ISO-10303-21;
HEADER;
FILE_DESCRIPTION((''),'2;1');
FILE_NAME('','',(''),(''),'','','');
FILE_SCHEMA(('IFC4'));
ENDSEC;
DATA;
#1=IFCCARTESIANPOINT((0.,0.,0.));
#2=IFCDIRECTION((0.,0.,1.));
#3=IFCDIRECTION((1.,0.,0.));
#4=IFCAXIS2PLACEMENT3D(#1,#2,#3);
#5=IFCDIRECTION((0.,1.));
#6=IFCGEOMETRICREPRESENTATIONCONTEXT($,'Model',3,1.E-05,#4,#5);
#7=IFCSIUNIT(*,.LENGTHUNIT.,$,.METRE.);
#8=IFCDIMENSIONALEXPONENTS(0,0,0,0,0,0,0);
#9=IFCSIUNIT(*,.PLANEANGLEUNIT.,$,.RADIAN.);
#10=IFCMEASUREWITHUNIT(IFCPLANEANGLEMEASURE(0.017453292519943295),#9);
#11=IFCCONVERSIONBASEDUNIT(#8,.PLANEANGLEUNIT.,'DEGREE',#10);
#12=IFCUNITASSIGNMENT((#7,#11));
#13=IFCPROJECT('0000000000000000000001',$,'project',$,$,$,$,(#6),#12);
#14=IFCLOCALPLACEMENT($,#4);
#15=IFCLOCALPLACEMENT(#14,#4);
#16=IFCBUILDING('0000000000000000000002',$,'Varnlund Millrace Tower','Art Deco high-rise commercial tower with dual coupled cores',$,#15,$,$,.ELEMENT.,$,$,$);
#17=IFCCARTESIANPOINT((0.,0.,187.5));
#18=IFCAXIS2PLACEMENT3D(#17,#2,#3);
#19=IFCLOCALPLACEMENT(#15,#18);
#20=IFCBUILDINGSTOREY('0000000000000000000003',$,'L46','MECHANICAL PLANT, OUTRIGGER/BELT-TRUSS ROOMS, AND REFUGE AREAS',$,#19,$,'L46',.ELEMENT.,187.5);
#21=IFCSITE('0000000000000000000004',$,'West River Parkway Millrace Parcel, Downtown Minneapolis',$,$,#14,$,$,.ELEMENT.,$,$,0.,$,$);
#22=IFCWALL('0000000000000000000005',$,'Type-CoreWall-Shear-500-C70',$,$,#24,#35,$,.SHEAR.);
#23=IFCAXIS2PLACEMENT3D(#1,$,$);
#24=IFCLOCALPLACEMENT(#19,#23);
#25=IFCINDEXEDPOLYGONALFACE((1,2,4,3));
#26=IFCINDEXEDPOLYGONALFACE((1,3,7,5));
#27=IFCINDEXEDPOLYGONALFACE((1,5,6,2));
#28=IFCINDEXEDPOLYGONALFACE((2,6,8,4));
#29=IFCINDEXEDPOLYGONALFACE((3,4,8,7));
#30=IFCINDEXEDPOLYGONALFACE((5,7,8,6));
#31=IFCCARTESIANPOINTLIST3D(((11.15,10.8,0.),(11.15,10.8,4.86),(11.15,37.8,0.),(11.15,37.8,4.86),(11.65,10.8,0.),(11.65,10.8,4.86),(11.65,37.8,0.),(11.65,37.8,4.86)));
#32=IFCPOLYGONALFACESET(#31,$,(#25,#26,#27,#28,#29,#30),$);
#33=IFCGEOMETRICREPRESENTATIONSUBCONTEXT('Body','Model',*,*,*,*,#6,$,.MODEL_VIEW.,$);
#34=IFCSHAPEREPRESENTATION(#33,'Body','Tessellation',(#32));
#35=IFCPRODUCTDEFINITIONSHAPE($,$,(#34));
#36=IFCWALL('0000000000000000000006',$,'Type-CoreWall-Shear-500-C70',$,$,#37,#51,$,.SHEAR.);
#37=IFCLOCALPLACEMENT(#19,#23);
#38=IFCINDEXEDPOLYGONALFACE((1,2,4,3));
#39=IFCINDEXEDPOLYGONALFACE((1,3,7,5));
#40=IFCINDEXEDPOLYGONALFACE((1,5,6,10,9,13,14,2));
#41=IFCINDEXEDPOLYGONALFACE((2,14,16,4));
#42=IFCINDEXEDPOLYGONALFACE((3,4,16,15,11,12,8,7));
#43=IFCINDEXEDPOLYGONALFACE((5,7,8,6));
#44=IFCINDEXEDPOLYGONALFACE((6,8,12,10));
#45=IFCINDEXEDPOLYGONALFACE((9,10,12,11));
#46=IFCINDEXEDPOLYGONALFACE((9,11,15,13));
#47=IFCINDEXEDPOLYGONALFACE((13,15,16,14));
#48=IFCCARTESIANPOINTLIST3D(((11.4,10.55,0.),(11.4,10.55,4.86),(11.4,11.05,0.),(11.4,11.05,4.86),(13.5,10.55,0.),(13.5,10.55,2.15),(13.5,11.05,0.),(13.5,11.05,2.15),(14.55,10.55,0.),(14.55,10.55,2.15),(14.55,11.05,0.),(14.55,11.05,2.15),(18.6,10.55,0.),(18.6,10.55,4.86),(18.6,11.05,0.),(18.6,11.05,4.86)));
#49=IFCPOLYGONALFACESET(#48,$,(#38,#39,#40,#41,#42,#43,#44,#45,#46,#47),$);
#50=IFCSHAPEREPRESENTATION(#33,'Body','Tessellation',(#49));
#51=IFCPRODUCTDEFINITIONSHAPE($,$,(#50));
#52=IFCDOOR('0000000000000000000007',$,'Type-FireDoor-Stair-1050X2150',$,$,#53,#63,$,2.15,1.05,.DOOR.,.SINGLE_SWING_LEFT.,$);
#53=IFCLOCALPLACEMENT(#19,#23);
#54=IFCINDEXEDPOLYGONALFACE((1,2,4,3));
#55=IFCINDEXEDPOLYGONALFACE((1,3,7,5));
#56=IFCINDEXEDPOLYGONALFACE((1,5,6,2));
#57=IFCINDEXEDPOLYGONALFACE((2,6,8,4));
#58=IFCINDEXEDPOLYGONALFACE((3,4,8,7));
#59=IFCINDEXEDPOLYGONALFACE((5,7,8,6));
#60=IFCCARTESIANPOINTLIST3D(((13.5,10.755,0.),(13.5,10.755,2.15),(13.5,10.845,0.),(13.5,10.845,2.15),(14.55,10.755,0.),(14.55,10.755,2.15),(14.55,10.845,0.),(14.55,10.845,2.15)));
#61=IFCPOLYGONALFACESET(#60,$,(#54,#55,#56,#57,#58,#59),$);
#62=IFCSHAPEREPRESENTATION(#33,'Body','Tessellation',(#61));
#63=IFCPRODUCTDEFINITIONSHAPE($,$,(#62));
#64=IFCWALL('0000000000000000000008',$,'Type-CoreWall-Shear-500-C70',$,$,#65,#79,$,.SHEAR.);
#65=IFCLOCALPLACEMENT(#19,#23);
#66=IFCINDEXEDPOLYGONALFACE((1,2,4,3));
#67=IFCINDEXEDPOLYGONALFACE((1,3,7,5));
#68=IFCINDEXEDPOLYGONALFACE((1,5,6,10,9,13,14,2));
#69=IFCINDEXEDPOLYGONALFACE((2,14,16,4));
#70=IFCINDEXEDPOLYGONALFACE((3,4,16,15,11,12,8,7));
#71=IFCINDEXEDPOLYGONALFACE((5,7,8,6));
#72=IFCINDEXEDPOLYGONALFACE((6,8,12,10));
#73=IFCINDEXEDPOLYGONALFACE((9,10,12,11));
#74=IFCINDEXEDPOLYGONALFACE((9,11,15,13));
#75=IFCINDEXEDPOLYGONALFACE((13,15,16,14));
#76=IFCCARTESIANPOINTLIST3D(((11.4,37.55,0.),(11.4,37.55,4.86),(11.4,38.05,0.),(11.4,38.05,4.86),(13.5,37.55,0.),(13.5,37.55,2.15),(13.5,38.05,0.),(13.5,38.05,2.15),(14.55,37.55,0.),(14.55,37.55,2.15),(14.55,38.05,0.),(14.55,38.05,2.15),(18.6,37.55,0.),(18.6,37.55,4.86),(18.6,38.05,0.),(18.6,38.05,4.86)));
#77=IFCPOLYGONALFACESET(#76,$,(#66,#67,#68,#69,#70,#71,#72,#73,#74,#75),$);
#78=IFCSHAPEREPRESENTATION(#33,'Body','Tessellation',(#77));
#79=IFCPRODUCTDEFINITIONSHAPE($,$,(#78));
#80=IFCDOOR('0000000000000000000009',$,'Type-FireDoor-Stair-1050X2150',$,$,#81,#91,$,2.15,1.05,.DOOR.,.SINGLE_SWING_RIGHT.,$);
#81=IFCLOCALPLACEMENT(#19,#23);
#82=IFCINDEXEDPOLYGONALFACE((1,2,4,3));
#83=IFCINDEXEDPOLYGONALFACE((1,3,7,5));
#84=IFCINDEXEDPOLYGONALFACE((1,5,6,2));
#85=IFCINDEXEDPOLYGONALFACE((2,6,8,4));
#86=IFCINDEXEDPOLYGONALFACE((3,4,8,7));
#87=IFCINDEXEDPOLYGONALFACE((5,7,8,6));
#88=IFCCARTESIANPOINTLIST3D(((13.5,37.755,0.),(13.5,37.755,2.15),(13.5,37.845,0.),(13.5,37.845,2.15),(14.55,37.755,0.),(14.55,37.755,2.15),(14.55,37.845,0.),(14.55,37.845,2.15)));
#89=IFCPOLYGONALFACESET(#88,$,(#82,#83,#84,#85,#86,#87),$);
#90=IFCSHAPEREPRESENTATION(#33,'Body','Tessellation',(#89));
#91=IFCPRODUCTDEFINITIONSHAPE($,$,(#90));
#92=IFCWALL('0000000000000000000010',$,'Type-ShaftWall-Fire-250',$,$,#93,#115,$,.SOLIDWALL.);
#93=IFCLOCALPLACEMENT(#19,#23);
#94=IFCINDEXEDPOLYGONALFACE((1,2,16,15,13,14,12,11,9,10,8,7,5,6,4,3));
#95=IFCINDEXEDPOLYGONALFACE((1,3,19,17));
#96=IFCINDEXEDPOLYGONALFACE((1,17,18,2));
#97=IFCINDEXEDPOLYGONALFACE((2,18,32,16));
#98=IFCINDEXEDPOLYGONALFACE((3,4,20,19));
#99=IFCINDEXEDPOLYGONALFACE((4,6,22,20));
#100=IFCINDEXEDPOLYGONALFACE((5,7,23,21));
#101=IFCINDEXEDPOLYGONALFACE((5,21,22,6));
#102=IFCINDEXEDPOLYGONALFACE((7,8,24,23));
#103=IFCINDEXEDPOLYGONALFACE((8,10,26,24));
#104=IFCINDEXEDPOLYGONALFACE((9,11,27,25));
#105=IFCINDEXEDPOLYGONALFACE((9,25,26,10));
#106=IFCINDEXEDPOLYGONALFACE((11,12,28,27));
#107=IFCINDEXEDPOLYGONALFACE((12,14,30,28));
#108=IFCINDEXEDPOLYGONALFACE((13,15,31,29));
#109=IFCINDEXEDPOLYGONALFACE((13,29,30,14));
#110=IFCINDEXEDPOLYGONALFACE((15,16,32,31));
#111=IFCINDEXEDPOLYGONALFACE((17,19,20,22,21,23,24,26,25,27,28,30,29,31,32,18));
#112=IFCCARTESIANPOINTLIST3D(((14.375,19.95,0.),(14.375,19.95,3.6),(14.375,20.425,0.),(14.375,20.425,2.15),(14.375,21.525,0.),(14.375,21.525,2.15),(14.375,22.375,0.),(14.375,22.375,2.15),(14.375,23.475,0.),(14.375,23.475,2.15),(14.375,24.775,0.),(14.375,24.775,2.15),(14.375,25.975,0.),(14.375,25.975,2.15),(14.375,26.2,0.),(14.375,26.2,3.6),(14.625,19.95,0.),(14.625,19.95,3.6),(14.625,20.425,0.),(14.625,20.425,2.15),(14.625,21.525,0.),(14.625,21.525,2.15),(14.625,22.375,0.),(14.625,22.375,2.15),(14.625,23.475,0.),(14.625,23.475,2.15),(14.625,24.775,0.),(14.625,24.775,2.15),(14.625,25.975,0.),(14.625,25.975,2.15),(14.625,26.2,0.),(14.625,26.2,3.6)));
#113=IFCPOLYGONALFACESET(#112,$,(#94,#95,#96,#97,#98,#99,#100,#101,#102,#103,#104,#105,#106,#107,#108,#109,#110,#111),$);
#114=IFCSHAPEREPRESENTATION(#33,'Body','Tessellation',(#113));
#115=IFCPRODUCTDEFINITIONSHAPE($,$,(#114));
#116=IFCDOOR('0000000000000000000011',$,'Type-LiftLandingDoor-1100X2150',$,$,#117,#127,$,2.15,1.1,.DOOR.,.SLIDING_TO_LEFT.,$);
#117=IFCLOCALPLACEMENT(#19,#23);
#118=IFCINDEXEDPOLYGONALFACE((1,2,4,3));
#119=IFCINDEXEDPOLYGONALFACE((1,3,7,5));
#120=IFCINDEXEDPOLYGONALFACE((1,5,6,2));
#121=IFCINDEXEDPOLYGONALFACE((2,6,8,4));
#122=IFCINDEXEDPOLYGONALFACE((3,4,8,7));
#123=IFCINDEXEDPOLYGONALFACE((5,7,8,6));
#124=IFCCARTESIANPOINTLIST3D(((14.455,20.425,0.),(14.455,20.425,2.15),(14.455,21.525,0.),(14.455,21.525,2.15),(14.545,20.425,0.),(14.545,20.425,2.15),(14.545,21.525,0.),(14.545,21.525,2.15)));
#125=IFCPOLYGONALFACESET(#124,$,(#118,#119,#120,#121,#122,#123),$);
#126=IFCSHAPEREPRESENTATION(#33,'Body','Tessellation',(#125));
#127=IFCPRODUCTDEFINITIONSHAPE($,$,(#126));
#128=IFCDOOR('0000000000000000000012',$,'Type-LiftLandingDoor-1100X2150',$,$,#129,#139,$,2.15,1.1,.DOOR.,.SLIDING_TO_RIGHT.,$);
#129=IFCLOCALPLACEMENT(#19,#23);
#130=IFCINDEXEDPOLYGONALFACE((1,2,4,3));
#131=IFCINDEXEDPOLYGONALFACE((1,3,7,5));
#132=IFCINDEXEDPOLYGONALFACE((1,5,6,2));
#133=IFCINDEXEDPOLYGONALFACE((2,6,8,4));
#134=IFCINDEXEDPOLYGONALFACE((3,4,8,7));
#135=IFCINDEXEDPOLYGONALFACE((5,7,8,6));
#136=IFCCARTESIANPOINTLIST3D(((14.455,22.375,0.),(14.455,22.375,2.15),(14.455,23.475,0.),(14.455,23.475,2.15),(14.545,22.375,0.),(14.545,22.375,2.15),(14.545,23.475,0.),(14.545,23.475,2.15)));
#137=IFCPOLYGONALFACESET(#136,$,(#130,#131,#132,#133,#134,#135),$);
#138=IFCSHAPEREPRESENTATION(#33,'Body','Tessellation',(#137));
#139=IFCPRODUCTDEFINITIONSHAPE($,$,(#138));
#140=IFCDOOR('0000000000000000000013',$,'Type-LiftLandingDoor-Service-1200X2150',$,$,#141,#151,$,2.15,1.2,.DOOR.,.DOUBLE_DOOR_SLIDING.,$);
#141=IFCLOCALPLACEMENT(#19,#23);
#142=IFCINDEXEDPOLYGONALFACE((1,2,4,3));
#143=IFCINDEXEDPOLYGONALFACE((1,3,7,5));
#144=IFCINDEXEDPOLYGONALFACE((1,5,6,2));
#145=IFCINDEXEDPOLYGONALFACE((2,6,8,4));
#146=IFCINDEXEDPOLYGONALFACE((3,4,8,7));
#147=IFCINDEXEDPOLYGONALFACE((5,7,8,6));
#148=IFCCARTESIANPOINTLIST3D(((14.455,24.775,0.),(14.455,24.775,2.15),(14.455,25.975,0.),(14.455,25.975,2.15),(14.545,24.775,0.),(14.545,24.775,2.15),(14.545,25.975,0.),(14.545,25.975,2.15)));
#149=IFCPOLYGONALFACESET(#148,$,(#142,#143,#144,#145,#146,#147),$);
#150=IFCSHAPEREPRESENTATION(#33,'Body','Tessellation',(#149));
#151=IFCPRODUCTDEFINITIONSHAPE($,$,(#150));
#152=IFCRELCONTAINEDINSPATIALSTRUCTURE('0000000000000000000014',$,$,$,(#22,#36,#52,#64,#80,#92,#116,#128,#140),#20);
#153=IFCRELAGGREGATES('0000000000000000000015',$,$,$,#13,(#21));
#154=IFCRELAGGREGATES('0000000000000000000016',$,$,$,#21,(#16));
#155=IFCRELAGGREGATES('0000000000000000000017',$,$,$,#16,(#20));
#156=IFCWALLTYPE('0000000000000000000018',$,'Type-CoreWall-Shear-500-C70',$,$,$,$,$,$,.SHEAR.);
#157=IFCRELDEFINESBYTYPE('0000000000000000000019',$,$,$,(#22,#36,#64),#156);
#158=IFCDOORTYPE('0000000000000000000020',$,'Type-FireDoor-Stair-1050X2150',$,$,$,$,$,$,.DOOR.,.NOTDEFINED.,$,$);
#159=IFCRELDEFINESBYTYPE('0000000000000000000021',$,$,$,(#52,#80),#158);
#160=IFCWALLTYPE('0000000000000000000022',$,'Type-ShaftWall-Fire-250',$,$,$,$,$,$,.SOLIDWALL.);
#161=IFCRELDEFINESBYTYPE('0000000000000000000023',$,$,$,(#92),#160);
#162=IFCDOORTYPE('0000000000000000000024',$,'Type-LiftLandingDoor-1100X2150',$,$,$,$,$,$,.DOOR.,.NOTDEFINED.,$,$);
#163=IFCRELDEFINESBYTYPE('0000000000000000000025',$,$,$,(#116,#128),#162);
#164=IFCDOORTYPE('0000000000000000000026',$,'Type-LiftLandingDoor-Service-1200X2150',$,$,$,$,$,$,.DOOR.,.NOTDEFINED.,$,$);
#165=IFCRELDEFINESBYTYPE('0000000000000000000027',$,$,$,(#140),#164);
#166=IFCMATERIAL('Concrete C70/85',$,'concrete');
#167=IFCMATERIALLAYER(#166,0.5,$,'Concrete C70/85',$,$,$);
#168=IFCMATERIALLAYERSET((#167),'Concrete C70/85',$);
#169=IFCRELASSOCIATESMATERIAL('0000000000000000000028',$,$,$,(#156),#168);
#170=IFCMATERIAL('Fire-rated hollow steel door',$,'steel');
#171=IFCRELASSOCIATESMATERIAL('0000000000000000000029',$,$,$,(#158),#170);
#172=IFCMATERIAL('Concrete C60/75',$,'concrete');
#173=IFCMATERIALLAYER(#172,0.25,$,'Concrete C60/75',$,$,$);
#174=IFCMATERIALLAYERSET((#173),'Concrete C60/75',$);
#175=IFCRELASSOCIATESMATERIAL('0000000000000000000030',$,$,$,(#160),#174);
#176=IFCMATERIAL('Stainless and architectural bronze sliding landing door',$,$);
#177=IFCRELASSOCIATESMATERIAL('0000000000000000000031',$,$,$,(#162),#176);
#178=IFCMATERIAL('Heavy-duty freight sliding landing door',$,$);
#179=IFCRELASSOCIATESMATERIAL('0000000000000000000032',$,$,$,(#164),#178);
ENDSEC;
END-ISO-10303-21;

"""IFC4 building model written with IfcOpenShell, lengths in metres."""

from ifc_helpers import new_model, entity, si_unit, converted_unit, direction, frame, origin_with_axes, origin_2d_with_axis, place, context, subcontext, project, spatial, polyline, rectangle, outline, extrude, material, layer, layer_set, type_object, element, fill, save


model = new_model("IFC4")

# Units and contexts
model_context = context("Model", 3, precision=1e-05, world=origin_with_axes(), true_north=direction((0.0, 1.0)))
body_context = subcontext(model_context, "Body", "Model", "MODEL_VIEW")
ifc_project = project(units=[si_unit("LENGTHUNIT", "METRE"), converted_unit("PLANEANGLEUNIT", "DEGREE", entity("IfcPlaneAngleMeasure", 0.017453292519943295), si_unit("PLANEANGLEUNIT", "RADIAN"), dimensions=[0, 0, 0, 0, 0, 0, 0])], contexts=[model_context])

# Site, building, storey
site_placement = place(None, origin_with_axes())
site = spatial("IfcSite", under=ifc_project, at=site_placement, Name="West River Parkway Millrace Parcel, Downtown Minneapolis", CompositionType="ELEMENT", RefElevation=0.0)
building_placement = place(site_placement, origin_with_axes())
building = spatial("IfcBuilding", under=site, at=building_placement, Name="Varnlund Millrace Tower", Description="Art Deco high-rise commercial tower with dual coupled cores", CompositionType="ELEMENT")
storey_placement = place(building_placement, frame((0.0, 0.0, 187.5), z_axis=(0.0, 0.0, 1.0), x_axis=(1.0, 0.0, 0.0)))
storey = spatial("IfcBuildingStorey", under=building, at=storey_placement, Name="L46", Description="MECHANICAL PLANT, OUTRIGGER/BELT-TRUSS ROOMS, AND REFUGE AREAS", LongName="L46", CompositionType="ELEMENT", Elevation=187.5)

# Wall
ifc_material_1 = material(Name="Concrete C70/85", Category="concrete")
ifc_layer_1 = layer(ifc_material_1, 0.5, Name="Concrete C70/85")
ifc_layer_set_1 = layer_set([ifc_layer_1], Name="Concrete C70/85")
wall_type_1 = type_object("IfcWallType", Name="Type-CoreWall-Shear-500-C70", PredefinedType="SHEAR", material=ifc_layer_set_1)
wall_1_placement = place(storey_placement, frame((11.4, 10.8, 0.0), z_axis=(0.0, 0.0, 1.0), x_axis=(0.0, 1.0, 0.0)))
element("IfcWall", 1, at=wall_1_placement, inside=storey, type_object=wall_type_1, Name="Type-CoreWall-Shear-500-C70", PredefinedType="SHEAR", context=body_context, shape_type="SweptSolid", body=[
    extrude(outline(polyline([(0.0, -0.25), (27.0, -0.25), (27.0, 0.25), (0.0, 0.25), (0.0, -0.25)])), origin_with_axes(), (0.0, 0.0, 1.0), 4.86),
])

# Walls, openings, doors
wall_2_placement = place(storey_placement, frame((11.4, 10.8, 0.0), z_axis=(0.0, 0.0, 1.0), x_axis=(1.0, 0.0, 0.0)))
wall_2 = element("IfcWall", 2, at=wall_2_placement, inside=storey, type_object=wall_type_1, Name="Type-CoreWall-Shear-500-C70", PredefinedType="SHEAR", context=body_context, shape_type="SweptSolid", body=[
    extrude(outline(polyline([(0.0, -0.25), (7.2, -0.25), (7.2, 0.25), (0.0, 0.25), (0.0, -0.25)])), origin_with_axes(), (0.0, 0.0, 1.0), 4.86),
])
opening_1_placement = place(wall_2_placement, frame((2.625, 0.0, 0.0), z_axis=(0.0, 0.0, 1.0), x_axis=(1.0, 0.0, 0.0)))
opening_1 = element("IfcOpeningElement", 3, at=opening_1_placement, cuts=wall_2, PredefinedType="OPENING", context=body_context, shape_type="SweptSolid", body=[
    extrude(rectangle(XDim=1.05, YDim=0.52, at=origin_2d_with_axis()), origin_with_axes(), (0.0, 0.0, 1.0), 2.15),
])
ifc_material_2 = material(Name="Fire-rated hollow steel door", Category="steel")
door_type_1 = type_object("IfcDoorType", Name="Type-FireDoor-Stair-1050X2150", OperationType="NOTDEFINED", PredefinedType="DOOR", material=ifc_material_2)
door_1_placement = place(wall_2_placement, frame((2.625, 0.0, 0.0), z_axis=(0.0, 0.0, 1.0), x_axis=(1.0, 0.0, 0.0)))
door_1 = element("IfcDoor", 4, at=door_1_placement, inside=storey, type_object=door_type_1, Name="Type-FireDoor-Stair-1050X2150", OperationType="SINGLE_SWING_LEFT", OverallHeight=2.15, OverallWidth=1.05, PredefinedType="DOOR", context=body_context, shape_type="SweptSolid", body=[
    extrude(rectangle(XDim=1.05, YDim=0.09, at=origin_2d_with_axis()), origin_with_axes(), (0.0, 0.0, 1.0), 2.15),
])
fill(opening_1, door_1)
wall_3_placement = place(storey_placement, frame((11.4, 37.8, 0.0), z_axis=(0.0, 0.0, 1.0), x_axis=(1.0, 0.0, 0.0)))
wall_3 = element("IfcWall", 5, at=wall_3_placement, inside=storey, type_object=wall_type_1, Name="Type-CoreWall-Shear-500-C70", PredefinedType="SHEAR", context=body_context, shape_type="SweptSolid", body=[
    extrude(outline(polyline([(0.0, -0.25), (7.2, -0.25), (7.2, 0.25), (0.0, 0.25), (0.0, -0.25)])), origin_with_axes(), (0.0, 0.0, 1.0), 4.86),
])
opening_2_placement = place(wall_3_placement, frame((2.625, 0.0, 0.0), z_axis=(0.0, 0.0, 1.0), x_axis=(1.0, 0.0, 0.0)))
opening_2 = element("IfcOpeningElement", 6, at=opening_2_placement, cuts=wall_3, PredefinedType="OPENING", context=body_context, shape_type="SweptSolid", body=[
    extrude(rectangle(XDim=1.05, YDim=0.52, at=origin_2d_with_axis()), origin_with_axes(), (0.0, 0.0, 1.0), 2.15),
])
door_2_placement = place(wall_3_placement, frame((2.625, 0.0, 0.0), z_axis=(0.0, 0.0, 1.0), x_axis=(1.0, 0.0, 0.0)))
door_2 = element("IfcDoor", 7, at=door_2_placement, inside=storey, type_object=door_type_1, Name="Type-FireDoor-Stair-1050X2150", OperationType="SINGLE_SWING_RIGHT", OverallHeight=2.15, OverallWidth=1.05, PredefinedType="DOOR", context=body_context, shape_type="SweptSolid", body=[
    extrude(rectangle(XDim=1.05, YDim=0.09, at=origin_2d_with_axis()), origin_with_axes(), (0.0, 0.0, 1.0), 2.15),
])
fill(opening_2, door_2)

# Wall, openings, doors
ifc_material_3 = material(Name="Concrete C60/75", Category="concrete")
ifc_layer_2 = layer(ifc_material_3, 0.25, Name="Concrete C60/75")
ifc_layer_set_2 = layer_set([ifc_layer_2], Name="Concrete C60/75")
wall_type_2 = type_object("IfcWallType", Name="Type-ShaftWall-Fire-250", PredefinedType="SOLIDWALL", material=ifc_layer_set_2)
wall_4_placement = place(storey_placement, frame((14.5, 19.95, 0.0), z_axis=(0.0, 0.0, 1.0), x_axis=(0.0, 1.0, 0.0)))
wall_4 = element("IfcWall", 8, at=wall_4_placement, inside=storey, type_object=wall_type_2, Name="Type-ShaftWall-Fire-250", PredefinedType="SOLIDWALL", context=body_context, shape_type="SweptSolid", body=[
    extrude(outline(polyline([(0.0, -0.125), (6.25, -0.125), (6.25, 0.125), (0.0, 0.125), (0.0, -0.125)])), origin_with_axes(), (0.0, 0.0, 1.0), 3.6),
])
opening_3_placement = place(wall_4_placement, frame((1.025, 0.0, 0.0), z_axis=(0.0, 0.0, 1.0), x_axis=(1.0, 0.0, 0.0)))
opening_3 = element("IfcOpeningElement", 9, at=opening_3_placement, cuts=wall_4, PredefinedType="OPENING", context=body_context, shape_type="SweptSolid", body=[
    extrude(rectangle(XDim=1.1, YDim=0.27, at=origin_2d_with_axis()), origin_with_axes(), (0.0, 0.0, 1.0), 2.15),
])
opening_4_placement = place(wall_4_placement, frame((2.975, 0.0, 0.0), z_axis=(0.0, 0.0, 1.0), x_axis=(1.0, 0.0, 0.0)))
opening_4 = element("IfcOpeningElement", 10, at=opening_4_placement, cuts=wall_4, PredefinedType="OPENING", context=body_context, shape_type="SweptSolid", body=[
    extrude(rectangle(XDim=1.1, YDim=0.27, at=origin_2d_with_axis()), origin_with_axes(), (0.0, 0.0, 1.0), 2.15),
])
opening_5_placement = place(wall_4_placement, frame((5.425, 0.0, 0.0), z_axis=(0.0, 0.0, 1.0), x_axis=(1.0, 0.0, 0.0)))
opening_5 = element("IfcOpeningElement", 11, at=opening_5_placement, cuts=wall_4, PredefinedType="OPENING", context=body_context, shape_type="SweptSolid", body=[
    extrude(rectangle(XDim=1.2, YDim=0.27, at=origin_2d_with_axis()), origin_with_axes(), (0.0, 0.0, 1.0), 2.15),
])
ifc_material_4 = material(Name="Stainless and architectural bronze sliding landing door")
door_type_2 = type_object("IfcDoorType", Name="Type-LiftLandingDoor-1100X2150", OperationType="NOTDEFINED", PredefinedType="DOOR", material=ifc_material_4)
door_3_placement = place(wall_4_placement, frame((1.025, 0.0, 0.0), z_axis=(0.0, 0.0, 1.0), x_axis=(1.0, 0.0, 0.0)))
door_3 = element("IfcDoor", 12, at=door_3_placement, inside=storey, type_object=door_type_2, Name="Type-LiftLandingDoor-1100X2150", OperationType="SLIDING_TO_LEFT", OverallHeight=2.15, OverallWidth=1.1, PredefinedType="DOOR", context=body_context, shape_type="SweptSolid", body=[
    extrude(rectangle(XDim=1.1, YDim=0.09, at=origin_2d_with_axis()), origin_with_axes(), (0.0, 0.0, 1.0), 2.15),
])
fill(opening_3, door_3)
door_4_placement = place(wall_4_placement, frame((2.975, 0.0, 0.0), z_axis=(0.0, 0.0, 1.0), x_axis=(1.0, 0.0, 0.0)))
door_4 = element("IfcDoor", 13, at=door_4_placement, inside=storey, type_object=door_type_2, Name="Type-LiftLandingDoor-1100X2150", OperationType="SLIDING_TO_RIGHT", OverallHeight=2.15, OverallWidth=1.1, PredefinedType="DOOR", context=body_context, shape_type="SweptSolid", body=[
    extrude(rectangle(XDim=1.1, YDim=0.09, at=origin_2d_with_axis()), origin_with_axes(), (0.0, 0.0, 1.0), 2.15),
])
fill(opening_4, door_4)
ifc_material_5 = material(Name="Heavy-duty freight sliding landing door")
door_type_3 = type_object("IfcDoorType", Name="Type-LiftLandingDoor-Service-1200X2150", OperationType="NOTDEFINED", PredefinedType="DOOR", material=ifc_material_5)
door_5_placement = place(wall_4_placement, frame((5.425, 0.0, 0.0), z_axis=(0.0, 0.0, 1.0), x_axis=(1.0, 0.0, 0.0)))
door_5 = element("IfcDoor", 14, at=door_5_placement, inside=storey, type_object=door_type_3, Name="Type-LiftLandingDoor-Service-1200X2150", OperationType="DOUBLE_DOOR_SLIDING", OverallHeight=2.15, OverallWidth=1.2, PredefinedType="DOOR", context=body_context, shape_type="SweptSolid", body=[
    extrude(rectangle(XDim=1.2, YDim=0.09, at=origin_2d_with_axis()), origin_with_axes(), (0.0, 0.0, 1.0), 2.15),
])
fill(opening_5, door_5)

save(model, "model.ifc")
